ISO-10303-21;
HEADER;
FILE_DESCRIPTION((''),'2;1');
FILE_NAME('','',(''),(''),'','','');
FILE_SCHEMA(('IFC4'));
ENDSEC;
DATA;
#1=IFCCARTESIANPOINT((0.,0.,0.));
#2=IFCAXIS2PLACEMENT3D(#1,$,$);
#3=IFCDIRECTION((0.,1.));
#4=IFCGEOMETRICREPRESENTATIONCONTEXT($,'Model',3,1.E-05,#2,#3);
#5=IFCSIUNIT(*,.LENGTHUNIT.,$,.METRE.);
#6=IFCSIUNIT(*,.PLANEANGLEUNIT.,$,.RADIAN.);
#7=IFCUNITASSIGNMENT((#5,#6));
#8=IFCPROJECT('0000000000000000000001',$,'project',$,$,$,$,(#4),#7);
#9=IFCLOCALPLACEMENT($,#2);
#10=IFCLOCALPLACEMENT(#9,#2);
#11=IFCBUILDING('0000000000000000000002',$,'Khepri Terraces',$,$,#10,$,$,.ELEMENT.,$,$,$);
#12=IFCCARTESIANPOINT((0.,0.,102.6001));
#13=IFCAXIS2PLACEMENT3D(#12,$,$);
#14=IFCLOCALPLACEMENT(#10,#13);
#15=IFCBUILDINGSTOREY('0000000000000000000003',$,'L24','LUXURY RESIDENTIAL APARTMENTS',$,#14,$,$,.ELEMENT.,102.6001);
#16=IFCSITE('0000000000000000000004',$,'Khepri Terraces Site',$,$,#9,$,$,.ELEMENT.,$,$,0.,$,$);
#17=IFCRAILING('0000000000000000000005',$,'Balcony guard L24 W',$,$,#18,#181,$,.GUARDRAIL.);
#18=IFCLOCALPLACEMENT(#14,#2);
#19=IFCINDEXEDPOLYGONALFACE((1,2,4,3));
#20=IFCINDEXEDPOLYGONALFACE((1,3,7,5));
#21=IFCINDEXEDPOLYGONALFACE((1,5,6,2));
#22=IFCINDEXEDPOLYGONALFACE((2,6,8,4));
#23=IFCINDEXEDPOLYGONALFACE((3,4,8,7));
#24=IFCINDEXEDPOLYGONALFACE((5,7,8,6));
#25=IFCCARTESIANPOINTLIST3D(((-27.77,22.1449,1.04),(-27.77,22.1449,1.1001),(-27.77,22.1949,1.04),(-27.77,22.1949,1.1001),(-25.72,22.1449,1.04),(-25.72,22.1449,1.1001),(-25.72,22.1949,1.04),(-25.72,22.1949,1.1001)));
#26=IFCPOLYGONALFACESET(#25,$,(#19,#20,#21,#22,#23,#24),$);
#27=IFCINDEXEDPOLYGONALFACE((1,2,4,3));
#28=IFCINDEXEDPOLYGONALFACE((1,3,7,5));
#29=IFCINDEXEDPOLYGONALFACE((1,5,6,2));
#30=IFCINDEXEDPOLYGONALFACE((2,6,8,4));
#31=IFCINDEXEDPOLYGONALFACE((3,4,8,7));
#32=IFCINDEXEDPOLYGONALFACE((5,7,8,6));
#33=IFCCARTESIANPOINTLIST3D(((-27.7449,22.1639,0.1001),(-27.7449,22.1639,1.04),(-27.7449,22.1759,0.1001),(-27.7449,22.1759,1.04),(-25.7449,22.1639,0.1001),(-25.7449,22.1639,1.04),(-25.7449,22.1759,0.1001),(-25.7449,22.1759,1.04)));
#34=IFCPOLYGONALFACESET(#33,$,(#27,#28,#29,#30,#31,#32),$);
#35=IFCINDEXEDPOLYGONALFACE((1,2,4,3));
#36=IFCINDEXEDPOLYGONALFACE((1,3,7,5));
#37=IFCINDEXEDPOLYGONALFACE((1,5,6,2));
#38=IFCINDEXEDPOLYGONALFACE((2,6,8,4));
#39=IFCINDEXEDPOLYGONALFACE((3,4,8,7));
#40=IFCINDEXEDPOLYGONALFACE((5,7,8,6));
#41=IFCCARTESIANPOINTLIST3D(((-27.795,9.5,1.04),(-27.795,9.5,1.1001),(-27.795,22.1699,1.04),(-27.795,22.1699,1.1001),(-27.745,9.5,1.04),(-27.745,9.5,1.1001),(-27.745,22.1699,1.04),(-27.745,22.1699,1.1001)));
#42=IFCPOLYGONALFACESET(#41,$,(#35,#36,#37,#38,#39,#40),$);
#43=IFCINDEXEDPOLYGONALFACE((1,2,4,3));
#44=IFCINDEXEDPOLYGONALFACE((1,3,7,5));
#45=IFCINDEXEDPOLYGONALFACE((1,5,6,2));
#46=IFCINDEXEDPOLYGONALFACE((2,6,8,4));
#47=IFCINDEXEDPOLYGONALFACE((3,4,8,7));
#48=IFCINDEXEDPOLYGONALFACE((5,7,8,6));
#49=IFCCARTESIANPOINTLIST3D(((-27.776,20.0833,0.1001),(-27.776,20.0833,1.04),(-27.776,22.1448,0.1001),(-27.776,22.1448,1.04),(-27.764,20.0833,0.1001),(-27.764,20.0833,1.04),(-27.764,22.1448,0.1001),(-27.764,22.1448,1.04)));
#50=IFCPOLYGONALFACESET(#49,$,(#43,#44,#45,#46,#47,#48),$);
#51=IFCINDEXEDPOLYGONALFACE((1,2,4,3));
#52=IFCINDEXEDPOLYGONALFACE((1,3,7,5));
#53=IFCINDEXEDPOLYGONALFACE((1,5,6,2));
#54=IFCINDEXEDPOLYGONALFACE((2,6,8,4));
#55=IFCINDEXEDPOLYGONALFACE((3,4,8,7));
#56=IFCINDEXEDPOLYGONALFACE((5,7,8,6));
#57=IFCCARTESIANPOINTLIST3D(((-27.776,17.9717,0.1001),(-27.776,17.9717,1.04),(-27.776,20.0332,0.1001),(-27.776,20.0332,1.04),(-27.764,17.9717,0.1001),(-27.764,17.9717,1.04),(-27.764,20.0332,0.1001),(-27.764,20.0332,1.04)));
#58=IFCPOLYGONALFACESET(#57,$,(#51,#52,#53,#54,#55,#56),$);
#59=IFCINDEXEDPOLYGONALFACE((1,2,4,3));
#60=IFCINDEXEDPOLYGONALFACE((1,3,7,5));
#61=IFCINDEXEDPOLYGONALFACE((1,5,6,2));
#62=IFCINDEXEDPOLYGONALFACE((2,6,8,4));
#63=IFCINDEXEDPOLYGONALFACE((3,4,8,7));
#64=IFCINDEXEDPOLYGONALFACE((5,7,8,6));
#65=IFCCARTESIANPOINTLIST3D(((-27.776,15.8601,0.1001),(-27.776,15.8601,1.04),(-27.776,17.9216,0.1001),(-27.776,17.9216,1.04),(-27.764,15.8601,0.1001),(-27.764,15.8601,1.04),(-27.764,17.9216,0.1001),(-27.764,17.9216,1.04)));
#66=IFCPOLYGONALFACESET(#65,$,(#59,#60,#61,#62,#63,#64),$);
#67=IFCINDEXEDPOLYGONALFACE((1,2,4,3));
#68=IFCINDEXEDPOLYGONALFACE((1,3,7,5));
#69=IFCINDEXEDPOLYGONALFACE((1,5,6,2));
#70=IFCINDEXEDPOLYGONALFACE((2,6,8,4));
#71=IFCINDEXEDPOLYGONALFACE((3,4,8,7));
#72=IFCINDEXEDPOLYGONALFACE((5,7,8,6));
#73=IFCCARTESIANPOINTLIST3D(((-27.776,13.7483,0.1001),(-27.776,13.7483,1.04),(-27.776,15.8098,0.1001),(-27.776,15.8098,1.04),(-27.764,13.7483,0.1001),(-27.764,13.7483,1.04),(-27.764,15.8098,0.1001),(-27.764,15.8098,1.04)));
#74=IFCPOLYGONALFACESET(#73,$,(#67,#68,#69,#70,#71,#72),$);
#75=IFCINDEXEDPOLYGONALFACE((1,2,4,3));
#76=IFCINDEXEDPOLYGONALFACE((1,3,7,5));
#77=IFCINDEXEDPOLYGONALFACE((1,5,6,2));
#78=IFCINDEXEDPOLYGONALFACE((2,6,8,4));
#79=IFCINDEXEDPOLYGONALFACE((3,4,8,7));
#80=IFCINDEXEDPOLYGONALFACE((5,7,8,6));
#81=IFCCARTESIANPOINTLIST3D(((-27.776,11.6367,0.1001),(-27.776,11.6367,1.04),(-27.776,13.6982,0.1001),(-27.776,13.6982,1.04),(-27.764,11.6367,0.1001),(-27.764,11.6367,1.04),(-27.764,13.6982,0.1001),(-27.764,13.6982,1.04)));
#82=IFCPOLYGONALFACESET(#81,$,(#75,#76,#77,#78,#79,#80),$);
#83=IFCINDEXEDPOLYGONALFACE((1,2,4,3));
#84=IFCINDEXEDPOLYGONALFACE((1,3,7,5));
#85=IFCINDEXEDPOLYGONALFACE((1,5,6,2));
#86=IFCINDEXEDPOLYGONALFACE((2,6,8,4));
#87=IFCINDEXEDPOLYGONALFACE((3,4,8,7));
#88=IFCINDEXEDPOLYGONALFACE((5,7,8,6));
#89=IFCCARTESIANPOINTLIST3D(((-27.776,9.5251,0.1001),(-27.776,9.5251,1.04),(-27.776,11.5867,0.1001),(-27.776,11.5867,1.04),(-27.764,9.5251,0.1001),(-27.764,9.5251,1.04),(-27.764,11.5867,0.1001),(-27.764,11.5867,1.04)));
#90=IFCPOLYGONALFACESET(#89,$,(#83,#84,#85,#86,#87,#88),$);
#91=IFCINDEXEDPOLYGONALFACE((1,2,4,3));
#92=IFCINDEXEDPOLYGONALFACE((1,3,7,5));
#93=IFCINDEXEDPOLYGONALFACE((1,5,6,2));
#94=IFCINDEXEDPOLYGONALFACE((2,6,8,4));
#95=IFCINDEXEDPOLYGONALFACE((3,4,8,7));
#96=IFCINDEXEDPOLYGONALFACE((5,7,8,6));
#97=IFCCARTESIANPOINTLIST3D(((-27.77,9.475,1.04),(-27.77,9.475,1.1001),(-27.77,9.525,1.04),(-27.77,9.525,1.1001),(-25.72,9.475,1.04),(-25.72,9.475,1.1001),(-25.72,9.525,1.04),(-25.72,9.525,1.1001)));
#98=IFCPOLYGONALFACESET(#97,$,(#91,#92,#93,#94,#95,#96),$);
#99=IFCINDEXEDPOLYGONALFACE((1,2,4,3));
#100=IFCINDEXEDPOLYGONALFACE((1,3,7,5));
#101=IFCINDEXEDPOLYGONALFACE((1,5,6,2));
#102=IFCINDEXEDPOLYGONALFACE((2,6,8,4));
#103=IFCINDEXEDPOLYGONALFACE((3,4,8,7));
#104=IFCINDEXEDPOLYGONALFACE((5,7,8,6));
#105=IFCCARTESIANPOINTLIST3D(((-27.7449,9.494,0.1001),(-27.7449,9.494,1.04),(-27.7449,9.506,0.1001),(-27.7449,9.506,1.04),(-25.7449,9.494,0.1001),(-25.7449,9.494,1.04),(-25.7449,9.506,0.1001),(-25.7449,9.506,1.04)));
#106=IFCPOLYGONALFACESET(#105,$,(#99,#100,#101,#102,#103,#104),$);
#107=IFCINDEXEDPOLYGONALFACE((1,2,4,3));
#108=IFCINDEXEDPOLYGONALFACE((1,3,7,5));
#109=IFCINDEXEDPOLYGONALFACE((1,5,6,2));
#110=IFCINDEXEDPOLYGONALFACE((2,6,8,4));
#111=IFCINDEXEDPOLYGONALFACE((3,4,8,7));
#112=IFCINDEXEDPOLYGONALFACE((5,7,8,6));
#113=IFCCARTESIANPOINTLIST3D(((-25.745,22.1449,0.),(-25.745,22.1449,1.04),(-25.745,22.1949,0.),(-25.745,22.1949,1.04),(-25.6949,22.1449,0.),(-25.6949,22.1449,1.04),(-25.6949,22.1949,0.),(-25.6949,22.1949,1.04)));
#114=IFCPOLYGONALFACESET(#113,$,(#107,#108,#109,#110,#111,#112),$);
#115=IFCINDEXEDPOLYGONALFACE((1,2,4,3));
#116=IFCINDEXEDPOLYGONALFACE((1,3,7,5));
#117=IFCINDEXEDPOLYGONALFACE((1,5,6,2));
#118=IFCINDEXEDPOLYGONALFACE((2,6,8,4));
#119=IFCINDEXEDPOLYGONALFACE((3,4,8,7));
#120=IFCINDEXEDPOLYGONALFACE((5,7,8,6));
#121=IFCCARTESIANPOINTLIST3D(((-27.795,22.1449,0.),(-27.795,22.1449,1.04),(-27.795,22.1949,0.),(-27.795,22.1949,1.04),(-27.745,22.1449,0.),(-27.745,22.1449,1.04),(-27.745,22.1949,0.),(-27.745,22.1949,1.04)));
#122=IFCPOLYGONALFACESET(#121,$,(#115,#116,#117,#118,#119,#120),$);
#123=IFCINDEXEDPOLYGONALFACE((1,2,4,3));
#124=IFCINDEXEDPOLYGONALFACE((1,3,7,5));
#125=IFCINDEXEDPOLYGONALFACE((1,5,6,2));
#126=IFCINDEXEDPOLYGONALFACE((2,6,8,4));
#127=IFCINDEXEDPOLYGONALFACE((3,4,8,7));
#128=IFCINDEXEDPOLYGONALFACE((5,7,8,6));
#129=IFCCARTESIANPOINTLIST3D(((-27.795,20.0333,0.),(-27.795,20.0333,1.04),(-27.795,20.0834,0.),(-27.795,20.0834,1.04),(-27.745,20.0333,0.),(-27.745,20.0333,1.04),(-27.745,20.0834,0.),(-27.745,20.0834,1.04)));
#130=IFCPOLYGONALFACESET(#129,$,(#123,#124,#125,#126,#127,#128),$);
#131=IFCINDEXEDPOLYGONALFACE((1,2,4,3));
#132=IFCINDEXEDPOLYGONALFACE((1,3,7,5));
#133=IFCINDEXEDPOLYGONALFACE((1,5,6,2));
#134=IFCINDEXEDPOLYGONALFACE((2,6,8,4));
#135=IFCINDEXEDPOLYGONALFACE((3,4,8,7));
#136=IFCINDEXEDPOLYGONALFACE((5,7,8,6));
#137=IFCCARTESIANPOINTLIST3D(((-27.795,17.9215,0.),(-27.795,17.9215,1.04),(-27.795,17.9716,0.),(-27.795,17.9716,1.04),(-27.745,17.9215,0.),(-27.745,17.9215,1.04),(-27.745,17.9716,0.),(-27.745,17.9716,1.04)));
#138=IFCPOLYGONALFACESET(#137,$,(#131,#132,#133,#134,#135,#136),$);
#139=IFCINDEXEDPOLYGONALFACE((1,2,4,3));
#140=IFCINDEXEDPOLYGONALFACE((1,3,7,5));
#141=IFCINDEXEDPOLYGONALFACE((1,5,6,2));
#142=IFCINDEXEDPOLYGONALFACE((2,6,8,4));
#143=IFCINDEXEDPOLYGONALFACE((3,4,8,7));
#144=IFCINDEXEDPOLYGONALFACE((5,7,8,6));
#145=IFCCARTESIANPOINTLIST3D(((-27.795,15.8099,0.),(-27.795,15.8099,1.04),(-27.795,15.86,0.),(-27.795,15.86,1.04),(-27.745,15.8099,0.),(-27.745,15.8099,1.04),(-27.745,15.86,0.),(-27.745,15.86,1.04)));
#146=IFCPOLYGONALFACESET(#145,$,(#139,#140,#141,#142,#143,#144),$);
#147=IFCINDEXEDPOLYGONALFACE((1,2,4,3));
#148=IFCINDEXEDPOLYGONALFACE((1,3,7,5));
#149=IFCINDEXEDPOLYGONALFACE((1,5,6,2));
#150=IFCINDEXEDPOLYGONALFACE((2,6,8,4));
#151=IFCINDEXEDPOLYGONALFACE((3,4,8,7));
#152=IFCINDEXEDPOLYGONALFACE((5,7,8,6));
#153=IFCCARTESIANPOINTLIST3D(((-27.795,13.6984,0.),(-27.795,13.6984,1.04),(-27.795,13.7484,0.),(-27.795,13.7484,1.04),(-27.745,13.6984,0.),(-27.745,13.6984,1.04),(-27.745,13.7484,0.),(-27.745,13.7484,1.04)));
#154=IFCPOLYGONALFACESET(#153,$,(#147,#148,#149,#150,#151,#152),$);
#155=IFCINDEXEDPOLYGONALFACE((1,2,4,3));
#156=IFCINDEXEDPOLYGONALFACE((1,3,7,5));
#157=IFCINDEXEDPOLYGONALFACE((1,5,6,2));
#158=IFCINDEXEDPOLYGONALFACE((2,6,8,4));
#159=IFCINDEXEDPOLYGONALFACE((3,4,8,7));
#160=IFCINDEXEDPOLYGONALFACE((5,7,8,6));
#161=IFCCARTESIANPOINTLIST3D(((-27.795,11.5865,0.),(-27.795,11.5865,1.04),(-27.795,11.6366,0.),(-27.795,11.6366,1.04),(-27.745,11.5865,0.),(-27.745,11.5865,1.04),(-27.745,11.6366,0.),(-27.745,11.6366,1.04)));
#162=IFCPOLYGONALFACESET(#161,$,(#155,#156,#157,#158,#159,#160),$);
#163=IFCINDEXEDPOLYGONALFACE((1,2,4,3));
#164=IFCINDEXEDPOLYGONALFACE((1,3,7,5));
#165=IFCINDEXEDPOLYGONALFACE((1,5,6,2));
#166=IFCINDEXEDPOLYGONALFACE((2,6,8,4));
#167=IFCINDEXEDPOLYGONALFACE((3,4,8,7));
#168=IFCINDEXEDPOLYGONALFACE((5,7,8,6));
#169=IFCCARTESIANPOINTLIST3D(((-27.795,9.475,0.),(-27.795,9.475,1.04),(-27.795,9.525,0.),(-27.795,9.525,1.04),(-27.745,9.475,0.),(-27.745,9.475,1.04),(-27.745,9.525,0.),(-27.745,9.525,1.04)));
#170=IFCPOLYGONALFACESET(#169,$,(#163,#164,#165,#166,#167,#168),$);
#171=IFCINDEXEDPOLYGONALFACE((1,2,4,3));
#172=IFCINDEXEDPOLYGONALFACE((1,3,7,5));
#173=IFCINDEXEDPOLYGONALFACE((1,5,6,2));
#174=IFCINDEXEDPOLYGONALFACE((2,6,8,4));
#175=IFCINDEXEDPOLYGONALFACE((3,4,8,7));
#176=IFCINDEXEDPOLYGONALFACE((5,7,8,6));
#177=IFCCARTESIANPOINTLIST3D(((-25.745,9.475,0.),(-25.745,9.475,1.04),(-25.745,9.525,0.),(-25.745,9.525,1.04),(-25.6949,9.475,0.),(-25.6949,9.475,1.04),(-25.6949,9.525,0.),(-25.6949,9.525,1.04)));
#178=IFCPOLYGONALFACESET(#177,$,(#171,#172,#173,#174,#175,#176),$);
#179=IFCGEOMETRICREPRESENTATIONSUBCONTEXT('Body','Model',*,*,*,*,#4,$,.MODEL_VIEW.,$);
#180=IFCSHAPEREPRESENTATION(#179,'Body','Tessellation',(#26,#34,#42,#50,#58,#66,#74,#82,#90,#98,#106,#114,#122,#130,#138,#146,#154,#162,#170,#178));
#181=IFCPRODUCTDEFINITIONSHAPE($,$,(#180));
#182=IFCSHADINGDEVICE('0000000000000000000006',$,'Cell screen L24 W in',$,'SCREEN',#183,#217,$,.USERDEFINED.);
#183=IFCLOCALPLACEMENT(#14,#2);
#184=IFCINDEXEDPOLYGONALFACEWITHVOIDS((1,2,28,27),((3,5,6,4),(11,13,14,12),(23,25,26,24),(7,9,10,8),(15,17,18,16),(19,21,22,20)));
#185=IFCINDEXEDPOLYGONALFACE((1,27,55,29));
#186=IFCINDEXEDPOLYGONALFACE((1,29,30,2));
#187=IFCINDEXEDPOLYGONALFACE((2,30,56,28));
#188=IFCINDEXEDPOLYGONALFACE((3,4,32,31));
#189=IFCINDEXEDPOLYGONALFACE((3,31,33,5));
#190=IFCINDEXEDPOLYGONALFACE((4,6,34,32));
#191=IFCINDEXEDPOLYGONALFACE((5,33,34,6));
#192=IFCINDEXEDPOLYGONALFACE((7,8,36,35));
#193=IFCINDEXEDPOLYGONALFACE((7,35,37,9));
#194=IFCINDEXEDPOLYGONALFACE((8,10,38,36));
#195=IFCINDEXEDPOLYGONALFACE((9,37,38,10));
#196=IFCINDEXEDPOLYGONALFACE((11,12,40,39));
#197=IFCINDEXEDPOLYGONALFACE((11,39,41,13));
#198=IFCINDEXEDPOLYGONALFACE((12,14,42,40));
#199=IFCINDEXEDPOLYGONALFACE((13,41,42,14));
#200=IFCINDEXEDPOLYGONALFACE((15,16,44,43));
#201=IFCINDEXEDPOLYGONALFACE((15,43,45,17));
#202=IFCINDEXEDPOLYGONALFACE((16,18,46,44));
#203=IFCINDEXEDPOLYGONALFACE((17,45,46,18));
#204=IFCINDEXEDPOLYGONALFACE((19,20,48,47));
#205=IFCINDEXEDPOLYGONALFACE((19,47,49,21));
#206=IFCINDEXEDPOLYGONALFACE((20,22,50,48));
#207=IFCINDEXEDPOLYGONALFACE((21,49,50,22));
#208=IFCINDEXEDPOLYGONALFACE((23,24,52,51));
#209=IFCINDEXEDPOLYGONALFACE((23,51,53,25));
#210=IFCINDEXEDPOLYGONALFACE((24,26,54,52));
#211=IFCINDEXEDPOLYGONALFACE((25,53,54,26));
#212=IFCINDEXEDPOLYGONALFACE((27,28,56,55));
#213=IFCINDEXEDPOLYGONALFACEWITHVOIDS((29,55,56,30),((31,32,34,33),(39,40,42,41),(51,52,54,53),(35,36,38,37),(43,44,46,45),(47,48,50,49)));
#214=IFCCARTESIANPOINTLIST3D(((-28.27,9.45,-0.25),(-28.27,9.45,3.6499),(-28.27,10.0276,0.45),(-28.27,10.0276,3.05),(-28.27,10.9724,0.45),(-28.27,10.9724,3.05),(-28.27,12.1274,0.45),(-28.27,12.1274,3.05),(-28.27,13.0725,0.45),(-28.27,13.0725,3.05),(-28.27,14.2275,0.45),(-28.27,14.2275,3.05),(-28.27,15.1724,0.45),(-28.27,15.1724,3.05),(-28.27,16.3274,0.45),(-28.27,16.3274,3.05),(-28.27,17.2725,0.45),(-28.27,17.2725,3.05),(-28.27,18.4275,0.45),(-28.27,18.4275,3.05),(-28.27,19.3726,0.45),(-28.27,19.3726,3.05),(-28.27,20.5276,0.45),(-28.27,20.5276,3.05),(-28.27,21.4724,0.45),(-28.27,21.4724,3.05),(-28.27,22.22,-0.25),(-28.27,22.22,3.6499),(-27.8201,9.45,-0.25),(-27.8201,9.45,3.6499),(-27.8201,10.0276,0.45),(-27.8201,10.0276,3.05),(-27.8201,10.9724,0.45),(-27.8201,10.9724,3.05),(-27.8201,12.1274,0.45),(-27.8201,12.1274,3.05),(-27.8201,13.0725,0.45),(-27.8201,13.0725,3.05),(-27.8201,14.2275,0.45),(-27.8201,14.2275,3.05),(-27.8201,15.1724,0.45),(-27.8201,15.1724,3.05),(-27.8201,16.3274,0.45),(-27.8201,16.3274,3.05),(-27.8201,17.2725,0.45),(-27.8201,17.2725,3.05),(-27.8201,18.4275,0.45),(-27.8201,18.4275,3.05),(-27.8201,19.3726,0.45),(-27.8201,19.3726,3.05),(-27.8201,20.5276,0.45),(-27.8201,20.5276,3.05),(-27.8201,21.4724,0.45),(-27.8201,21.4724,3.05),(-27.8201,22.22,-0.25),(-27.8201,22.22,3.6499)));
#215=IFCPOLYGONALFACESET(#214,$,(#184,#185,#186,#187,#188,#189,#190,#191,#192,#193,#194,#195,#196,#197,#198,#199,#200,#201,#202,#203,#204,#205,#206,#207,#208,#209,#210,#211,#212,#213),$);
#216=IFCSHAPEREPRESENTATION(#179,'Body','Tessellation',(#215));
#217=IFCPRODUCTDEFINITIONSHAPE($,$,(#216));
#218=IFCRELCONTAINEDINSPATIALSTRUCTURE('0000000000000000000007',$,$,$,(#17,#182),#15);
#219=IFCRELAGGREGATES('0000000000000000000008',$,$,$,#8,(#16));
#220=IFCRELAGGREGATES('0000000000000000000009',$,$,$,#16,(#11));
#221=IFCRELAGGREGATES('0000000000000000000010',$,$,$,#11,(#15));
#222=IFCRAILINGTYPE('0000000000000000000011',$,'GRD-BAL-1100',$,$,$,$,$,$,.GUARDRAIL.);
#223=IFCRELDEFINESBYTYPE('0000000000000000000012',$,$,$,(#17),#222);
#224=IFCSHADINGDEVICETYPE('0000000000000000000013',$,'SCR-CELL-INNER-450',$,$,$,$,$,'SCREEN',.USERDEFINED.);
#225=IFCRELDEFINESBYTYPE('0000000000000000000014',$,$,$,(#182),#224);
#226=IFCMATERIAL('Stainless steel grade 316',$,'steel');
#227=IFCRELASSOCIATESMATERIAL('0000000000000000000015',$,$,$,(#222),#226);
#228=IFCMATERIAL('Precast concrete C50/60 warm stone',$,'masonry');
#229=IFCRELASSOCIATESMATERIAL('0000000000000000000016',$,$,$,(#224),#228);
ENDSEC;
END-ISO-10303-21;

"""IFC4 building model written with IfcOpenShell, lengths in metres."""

from ifc_helpers import new_model, si_unit, direction, frame, origin, origin_2d, place, context, subcontext, project, spatial, polyline, rectangle, outline, extrude, material, type_object, element, save


model = new_model("IFC4")

# Units and contexts
model_context = context("Model", 3, precision=1e-05, world=origin(), true_north=direction((0.0, 1.0)))
body_context = subcontext(model_context, "Body", "Model", "MODEL_VIEW")
ifc_project = project(units=[si_unit("LENGTHUNIT", "METRE"), si_unit("PLANEANGLEUNIT", "RADIAN")], contexts=[model_context])

# Site, building, storey
site_placement = place(None, origin())
site = spatial("IfcSite", under=ifc_project, at=site_placement, Name="Khepri Terraces Site", CompositionType="ELEMENT", RefElevation=0.0)
building_placement = place(site_placement, origin())
building = spatial("IfcBuilding", under=site, at=building_placement, Name="Khepri Terraces", CompositionType="ELEMENT")
storey_placement = place(building_placement, frame((0.0, 0.0, 102.6001)))
storey = spatial("IfcBuildingStorey", under=building, at=storey_placement, Name="L24", Description="LUXURY RESIDENTIAL APARTMENTS", CompositionType="ELEMENT", Elevation=102.6001)

# Shared definitions
ifc_material_1 = material(Name="Precast concrete C50/60 warm stone", Category="masonry")

# Railing
ifc_material_2 = material(Name="Stainless steel grade 316", Category="steel")
railing_type = type_object("IfcRailingType", Name="GRD-BAL-1100", PredefinedType="GUARDRAIL", material=ifc_material_2)
railing_placement = place(storey_placement, frame((-25.72, 22.1699, 0.0)))
element("IfcRailing", 1, at=railing_placement, inside=storey, type_object=railing_type, Name="Balcony guard L24 W", PredefinedType="GUARDRAIL", context=body_context, shape_type="SweptSolid", body=[
    extrude(rectangle(XDim=0.05, YDim=0.0601, at=origin_2d()), frame((0.0, 0.0, 1.0701), z_axis=(-1.0, 0.0, 0.0), x_axis=(0.0, -1.0, 0.0)), (0.0, 0.0, 1.0), 2.05),
    extrude(rectangle(XDim=2.0, YDim=0.012, at=origin_2d()), frame((-1.0249, 0.0, 0.1001), z_axis=(0.0, 0.0, 1.0), x_axis=(-1.0, 0.0, 0.0)), (0.0, 0.0, 1.0), 0.9399),
    extrude(rectangle(XDim=0.05, YDim=0.0601, at=origin_2d()), frame((-2.05, 0.0, 1.0701), z_axis=(0.0, -1.0, 0.0), x_axis=(1.0, 0.0, 0.0)), (0.0, 0.0, 1.0), 12.6699),
    extrude(rectangle(XDim=2.0615, YDim=0.012, at=origin_2d()), frame((-2.05, -1.0559, 0.1001), z_axis=(0.0, 0.0, 1.0), x_axis=(0.0, -1.0, 0.0)), (0.0, 0.0, 1.0), 0.9399),
    extrude(rectangle(XDim=2.0615, YDim=0.012, at=origin_2d()), frame((-2.05, -3.1675, 0.1001), z_axis=(0.0, 0.0, 1.0), x_axis=(0.0, -1.0, 0.0)), (0.0, 0.0, 1.0), 0.9399),
    extrude(rectangle(XDim=2.0615, YDim=0.012, at=origin_2d()), frame((-2.05, -5.2791, 0.1001), z_axis=(0.0, 0.0, 1.0), x_axis=(0.0, -1.0, 0.0)), (0.0, 0.0, 1.0), 0.9399),
    extrude(rectangle(XDim=2.0615, YDim=0.012, at=origin_2d()), frame((-2.05, -7.3909, 0.1001), z_axis=(0.0, 0.0, 1.0), x_axis=(0.0, -1.0, 0.0)), (0.0, 0.0, 1.0), 0.9399),
    extrude(rectangle(XDim=2.0615, YDim=0.012, at=origin_2d()), frame((-2.05, -9.5024, 0.1001), z_axis=(0.0, 0.0, 1.0), x_axis=(0.0, -1.0, 0.0)), (0.0, 0.0, 1.0), 0.9399),
    extrude(rectangle(XDim=2.0615, YDim=0.012, at=origin_2d()), frame((-2.05, -11.614, 0.1001), z_axis=(0.0, 0.0, 1.0), x_axis=(0.0, -1.0, 0.0)), (0.0, 0.0, 1.0), 0.9399),
    extrude(rectangle(XDim=0.05, YDim=0.0601, at=origin_2d()), frame((-2.05, -12.6699, 1.0701), z_axis=(1.0, 0.0, 0.0), x_axis=(0.0, 1.0, 0.0)), (0.0, 0.0, 1.0), 2.05),
    extrude(rectangle(XDim=2.0, YDim=0.012, at=origin_2d()), frame((-1.0249, -12.6699, 0.1001), z_axis=(0.0, 0.0, 1.0), x_axis=(1.0, 0.0, 0.0)), (0.0, 0.0, 1.0), 0.9399),
    extrude(rectangle(XDim=0.05, YDim=0.05, at=origin_2d()), origin(), (0.0, 0.0, 1.0), 1.04),
    extrude(rectangle(XDim=0.05, YDim=0.05, at=origin_2d()), frame((-2.05, 0.0, 0.0)), (0.0, 0.0, 1.0), 1.04),
    extrude(rectangle(XDim=0.05, YDim=0.05, at=origin_2d()), frame((-2.05, -2.1116, 0.0)), (0.0, 0.0, 1.0), 1.04),
    extrude(rectangle(XDim=0.05, YDim=0.05, at=origin_2d()), frame((-2.05, -4.2234, 0.0)), (0.0, 0.0, 1.0), 1.04),
    extrude(rectangle(XDim=0.05, YDim=0.05, at=origin_2d()), frame((-2.05, -6.335, 0.0)), (0.0, 0.0, 1.0), 1.04),
    extrude(rectangle(XDim=0.05, YDim=0.05, at=origin_2d()), frame((-2.05, -8.4465, 0.0)), (0.0, 0.0, 1.0), 1.04),
    extrude(rectangle(XDim=0.05, YDim=0.05, at=origin_2d()), frame((-2.05, -10.5583, 0.0)), (0.0, 0.0, 1.0), 1.04),
    extrude(rectangle(XDim=0.05, YDim=0.05, at=origin_2d()), frame((-2.05, -12.6699, 0.0)), (0.0, 0.0, 1.0), 1.04),
    extrude(rectangle(XDim=0.05, YDim=0.05, at=origin_2d()), frame((0.0, -12.6699, 0.0)), (0.0, 0.0, 1.0), 1.04),
])

# Shading device
shading_device_type_1 = type_object("IfcShadingDeviceType", Name="SCR-CELL-INNER-450", ElementType="SCREEN", PredefinedType="USERDEFINED", material=ifc_material_1)
shading_device_1_placement = place(storey_placement, frame((-27.8201, 22.22, -0.25), z_axis=(-1.0, 0.0, 0.0), x_axis=(0.0, -1.0, 0.0)))
element("IfcShadingDevice", 2, at=shading_device_1_placement, inside=storey, type_object=shading_device_type_1, Name="Cell screen L24 W in", ObjectType="SCREEN", PredefinedType="USERDEFINED", context=body_context, shape_type="SweptSolid", body=[
    extrude(outline(polyline([(0.0, 0.0), (12.77, 0.0), (12.77, 3.8999), (0.0, 3.8999), (0.0, 0.0)]), holes=[polyline([(0.7476, 0.7), (1.6924, 0.7), (1.6924, 3.3), (0.7476, 3.3), (0.7476, 0.7)]), polyline([(2.8474, 0.7), (3.7925, 0.7), (3.7925, 3.3), (2.8474, 3.3), (2.8474, 0.7)]), polyline([(4.9475, 0.7), (5.8926, 0.7), (5.8926, 3.3), (4.9475, 3.3), (4.9475, 0.7)]), polyline([(7.0476, 0.7), (7.9924, 0.7), (7.9924, 3.3), (7.0476, 3.3), (7.0476, 0.7)]), polyline([(9.1475, 0.7), (10.0925, 0.7), (10.0925, 3.3), (9.1475, 3.3), (9.1475, 0.7)]), polyline([(11.2476, 0.7), (12.1924, 0.7), (12.1924, 3.3), (11.2476, 3.3), (11.2476, 0.7)])]), origin(), (0.0, 0.0, 1.0), 0.45),
])

save(model, "model.ifc")
